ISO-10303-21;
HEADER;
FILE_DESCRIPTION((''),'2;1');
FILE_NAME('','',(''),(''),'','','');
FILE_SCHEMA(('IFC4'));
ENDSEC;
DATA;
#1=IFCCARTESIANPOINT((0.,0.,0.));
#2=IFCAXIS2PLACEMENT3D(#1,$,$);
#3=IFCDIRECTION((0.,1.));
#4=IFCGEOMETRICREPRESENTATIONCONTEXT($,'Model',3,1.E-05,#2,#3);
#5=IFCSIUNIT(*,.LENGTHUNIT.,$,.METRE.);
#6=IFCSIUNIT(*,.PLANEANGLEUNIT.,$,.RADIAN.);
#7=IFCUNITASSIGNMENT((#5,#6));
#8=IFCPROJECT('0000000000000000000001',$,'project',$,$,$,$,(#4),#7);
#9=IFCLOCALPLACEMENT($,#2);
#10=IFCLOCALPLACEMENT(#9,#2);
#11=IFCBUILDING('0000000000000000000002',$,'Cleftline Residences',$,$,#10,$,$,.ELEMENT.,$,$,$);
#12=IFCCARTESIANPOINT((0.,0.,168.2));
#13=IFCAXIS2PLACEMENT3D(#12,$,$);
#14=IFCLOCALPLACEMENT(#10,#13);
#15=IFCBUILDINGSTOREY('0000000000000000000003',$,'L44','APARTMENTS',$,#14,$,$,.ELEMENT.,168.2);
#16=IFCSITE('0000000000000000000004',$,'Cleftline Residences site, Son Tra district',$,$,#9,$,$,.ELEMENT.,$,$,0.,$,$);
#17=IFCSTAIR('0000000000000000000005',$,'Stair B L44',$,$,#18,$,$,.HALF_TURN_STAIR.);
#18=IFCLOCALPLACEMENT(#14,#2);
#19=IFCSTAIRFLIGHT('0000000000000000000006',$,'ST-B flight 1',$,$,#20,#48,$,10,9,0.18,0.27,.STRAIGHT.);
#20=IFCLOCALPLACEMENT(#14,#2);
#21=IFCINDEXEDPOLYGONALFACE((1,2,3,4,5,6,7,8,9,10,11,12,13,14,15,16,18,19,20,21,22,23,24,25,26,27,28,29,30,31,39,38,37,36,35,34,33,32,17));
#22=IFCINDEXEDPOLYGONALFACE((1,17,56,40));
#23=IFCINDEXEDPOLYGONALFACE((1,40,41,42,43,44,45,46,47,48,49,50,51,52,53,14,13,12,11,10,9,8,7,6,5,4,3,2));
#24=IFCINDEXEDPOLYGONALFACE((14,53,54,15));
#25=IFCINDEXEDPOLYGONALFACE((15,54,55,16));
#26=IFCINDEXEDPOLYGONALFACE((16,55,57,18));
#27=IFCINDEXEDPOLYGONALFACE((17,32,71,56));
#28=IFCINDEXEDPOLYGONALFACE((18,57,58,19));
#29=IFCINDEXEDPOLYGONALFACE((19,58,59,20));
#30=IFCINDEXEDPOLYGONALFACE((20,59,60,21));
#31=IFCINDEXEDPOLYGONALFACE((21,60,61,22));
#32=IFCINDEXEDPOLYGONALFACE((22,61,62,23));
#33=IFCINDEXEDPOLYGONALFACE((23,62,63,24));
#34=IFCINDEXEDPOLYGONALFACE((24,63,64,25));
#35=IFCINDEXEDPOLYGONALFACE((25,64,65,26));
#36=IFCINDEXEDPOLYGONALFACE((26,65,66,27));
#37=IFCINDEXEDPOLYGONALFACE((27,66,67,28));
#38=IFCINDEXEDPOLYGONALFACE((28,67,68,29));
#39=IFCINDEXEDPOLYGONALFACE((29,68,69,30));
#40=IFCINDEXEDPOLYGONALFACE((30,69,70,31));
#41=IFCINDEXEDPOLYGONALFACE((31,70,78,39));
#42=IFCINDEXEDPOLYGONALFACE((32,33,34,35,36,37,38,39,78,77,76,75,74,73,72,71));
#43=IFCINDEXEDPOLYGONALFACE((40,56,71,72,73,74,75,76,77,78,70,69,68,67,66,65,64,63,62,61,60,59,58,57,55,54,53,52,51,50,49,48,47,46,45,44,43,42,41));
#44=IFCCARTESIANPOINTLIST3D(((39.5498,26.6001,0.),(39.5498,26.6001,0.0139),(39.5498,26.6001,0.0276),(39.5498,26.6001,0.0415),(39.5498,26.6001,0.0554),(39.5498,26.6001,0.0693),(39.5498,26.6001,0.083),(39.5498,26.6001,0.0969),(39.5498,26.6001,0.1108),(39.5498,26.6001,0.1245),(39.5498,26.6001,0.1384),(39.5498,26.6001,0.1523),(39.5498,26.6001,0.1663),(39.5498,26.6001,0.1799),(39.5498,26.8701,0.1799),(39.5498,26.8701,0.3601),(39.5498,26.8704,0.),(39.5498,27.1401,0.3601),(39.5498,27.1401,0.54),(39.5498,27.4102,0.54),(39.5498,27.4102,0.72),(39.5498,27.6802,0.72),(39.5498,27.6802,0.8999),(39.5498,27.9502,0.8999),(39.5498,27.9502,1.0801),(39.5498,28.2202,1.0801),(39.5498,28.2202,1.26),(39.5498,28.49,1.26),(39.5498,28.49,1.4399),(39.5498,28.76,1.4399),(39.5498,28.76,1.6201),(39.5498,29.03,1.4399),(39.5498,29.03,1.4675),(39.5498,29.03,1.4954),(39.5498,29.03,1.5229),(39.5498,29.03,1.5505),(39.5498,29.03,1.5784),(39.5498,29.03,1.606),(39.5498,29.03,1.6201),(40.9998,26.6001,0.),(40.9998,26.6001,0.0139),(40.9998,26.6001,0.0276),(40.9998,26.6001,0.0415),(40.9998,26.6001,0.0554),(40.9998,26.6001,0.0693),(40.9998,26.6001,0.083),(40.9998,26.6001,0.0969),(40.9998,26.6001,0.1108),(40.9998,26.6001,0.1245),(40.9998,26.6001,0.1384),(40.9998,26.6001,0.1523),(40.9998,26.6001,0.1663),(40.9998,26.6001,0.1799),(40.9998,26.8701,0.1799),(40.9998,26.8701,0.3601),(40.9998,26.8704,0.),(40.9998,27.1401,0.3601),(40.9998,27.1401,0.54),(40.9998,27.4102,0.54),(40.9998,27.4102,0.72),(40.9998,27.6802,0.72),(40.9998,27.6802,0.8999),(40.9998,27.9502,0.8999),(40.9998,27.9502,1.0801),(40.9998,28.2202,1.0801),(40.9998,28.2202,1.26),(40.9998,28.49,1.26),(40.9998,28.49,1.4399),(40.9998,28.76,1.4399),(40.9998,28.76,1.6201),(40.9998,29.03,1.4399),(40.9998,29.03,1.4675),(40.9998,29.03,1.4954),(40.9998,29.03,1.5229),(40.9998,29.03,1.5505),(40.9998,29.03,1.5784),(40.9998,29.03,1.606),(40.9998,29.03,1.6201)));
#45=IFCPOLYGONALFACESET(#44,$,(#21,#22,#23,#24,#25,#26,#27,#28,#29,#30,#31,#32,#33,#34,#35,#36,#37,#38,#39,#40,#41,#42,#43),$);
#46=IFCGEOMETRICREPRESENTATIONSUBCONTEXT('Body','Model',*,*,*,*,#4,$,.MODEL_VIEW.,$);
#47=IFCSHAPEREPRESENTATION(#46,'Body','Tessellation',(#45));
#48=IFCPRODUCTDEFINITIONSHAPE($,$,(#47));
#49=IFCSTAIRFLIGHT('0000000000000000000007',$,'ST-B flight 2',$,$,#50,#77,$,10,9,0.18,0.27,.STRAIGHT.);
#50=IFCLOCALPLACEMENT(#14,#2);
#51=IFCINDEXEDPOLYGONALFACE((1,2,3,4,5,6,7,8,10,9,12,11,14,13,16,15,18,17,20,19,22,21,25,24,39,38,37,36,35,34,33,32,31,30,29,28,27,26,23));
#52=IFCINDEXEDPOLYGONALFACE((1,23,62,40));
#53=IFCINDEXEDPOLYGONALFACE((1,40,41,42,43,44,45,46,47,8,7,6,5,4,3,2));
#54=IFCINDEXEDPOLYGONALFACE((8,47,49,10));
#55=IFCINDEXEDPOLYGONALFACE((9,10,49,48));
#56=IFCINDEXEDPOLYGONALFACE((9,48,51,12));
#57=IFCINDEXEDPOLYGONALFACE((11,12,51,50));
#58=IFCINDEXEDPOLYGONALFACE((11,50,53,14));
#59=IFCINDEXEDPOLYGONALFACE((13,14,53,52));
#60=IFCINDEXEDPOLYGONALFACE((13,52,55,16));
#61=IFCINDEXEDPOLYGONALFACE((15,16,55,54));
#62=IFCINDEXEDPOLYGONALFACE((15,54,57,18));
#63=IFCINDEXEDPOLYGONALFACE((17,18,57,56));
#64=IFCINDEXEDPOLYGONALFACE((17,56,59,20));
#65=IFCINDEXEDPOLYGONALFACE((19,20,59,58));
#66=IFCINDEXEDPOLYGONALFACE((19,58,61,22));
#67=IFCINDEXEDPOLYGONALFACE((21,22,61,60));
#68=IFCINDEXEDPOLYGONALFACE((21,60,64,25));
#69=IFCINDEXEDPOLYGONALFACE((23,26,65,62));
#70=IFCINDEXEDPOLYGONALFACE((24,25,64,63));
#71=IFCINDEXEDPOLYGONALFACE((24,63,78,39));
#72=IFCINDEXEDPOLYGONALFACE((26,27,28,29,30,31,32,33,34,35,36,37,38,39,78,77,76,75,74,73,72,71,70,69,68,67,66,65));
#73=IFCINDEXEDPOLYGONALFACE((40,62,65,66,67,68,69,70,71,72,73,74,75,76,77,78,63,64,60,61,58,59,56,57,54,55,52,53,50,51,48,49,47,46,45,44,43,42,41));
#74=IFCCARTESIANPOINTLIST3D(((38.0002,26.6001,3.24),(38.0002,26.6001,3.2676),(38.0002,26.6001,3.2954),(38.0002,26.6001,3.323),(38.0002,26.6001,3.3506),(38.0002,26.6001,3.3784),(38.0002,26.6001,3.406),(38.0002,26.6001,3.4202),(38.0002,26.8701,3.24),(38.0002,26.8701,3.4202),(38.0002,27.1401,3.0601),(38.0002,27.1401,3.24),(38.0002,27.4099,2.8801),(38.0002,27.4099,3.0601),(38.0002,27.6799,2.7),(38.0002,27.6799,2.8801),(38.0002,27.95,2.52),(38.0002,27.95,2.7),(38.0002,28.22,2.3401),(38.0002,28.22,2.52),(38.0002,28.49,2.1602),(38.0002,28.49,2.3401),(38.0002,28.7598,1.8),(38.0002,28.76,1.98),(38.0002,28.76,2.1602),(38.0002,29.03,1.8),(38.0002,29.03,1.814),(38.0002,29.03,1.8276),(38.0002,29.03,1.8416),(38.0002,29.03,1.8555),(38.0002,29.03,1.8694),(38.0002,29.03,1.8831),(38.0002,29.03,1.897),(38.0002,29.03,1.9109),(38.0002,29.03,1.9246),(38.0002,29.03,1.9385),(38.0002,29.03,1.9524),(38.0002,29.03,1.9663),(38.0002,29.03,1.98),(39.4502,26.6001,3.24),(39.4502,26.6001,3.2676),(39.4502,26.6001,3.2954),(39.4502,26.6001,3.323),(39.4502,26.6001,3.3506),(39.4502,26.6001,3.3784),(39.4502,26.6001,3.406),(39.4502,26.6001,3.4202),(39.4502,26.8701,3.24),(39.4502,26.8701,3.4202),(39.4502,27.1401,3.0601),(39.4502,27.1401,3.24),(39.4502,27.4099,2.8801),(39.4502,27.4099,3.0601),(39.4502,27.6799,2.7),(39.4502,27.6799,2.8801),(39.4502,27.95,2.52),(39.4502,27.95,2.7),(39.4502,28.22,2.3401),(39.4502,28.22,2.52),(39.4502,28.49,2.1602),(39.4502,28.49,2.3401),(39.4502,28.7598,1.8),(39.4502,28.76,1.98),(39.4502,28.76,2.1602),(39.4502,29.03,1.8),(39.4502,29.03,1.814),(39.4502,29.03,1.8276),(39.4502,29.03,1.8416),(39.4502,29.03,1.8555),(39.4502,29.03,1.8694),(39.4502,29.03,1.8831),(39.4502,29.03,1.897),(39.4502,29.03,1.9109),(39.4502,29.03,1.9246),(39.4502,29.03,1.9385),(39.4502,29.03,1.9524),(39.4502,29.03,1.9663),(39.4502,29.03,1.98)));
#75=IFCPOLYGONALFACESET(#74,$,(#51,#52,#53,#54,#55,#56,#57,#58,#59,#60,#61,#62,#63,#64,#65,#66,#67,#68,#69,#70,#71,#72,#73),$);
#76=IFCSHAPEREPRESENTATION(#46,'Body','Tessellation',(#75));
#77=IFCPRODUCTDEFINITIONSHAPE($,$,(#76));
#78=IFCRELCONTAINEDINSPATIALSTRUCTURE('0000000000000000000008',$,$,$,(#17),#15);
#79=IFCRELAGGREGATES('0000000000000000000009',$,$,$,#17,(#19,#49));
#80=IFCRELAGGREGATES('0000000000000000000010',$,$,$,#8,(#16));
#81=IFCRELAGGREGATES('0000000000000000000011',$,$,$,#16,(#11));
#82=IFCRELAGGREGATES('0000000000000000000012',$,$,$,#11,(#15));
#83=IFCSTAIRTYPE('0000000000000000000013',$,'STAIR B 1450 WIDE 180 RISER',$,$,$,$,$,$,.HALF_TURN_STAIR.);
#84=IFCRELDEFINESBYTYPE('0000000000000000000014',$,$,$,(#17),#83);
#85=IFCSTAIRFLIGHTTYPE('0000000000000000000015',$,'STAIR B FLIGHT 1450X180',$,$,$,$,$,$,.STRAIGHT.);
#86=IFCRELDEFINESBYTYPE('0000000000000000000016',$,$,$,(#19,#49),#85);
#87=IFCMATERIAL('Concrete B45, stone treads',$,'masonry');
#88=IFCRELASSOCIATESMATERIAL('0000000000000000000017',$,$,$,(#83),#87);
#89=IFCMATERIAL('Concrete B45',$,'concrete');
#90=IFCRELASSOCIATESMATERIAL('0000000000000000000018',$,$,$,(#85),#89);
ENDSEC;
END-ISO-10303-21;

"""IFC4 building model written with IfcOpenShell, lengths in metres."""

from ifc_helpers import new_model, si_unit, direction, frame, origin, place, context, subcontext, project, spatial, polyline, outline, extrude, material, type_object, element, aggregate, save


model = new_model("IFC4")

# Units and contexts
model_context = context("Model", 3, precision=1e-05, world=origin(), true_north=direction((0.0, 1.0)))
body_context = subcontext(model_context, "Body", "Model", "MODEL_VIEW")
ifc_project = project(units=[si_unit("LENGTHUNIT", "METRE"), si_unit("PLANEANGLEUNIT", "RADIAN")], contexts=[model_context])

# Site, building, storey
site_placement = place(None, origin())
site = spatial("IfcSite", under=ifc_project, at=site_placement, Name="Cleftline Residences site, Son Tra district", CompositionType="ELEMENT", RefElevation=0.0)
building_placement = place(site_placement, origin())
building = spatial("IfcBuilding", under=site, at=building_placement, Name="Cleftline Residences", CompositionType="ELEMENT")
storey_placement = place(building_placement, frame((0.0, 0.0, 168.2)))
storey = spatial("IfcBuildingStorey", under=building, at=storey_placement, Name="L44", Description="APARTMENTS", CompositionType="ELEMENT", Elevation=168.2)

# Stair, stair flights
ifc_material_1 = material(Name="Concrete B45, stone treads", Category="masonry")
stair_type = type_object("IfcStairType", Name="STAIR B 1450 WIDE 180 RISER", PredefinedType="HALF_TURN_STAIR", material=ifc_material_1)
stair_placement = place(storey_placement, origin())
stair = element("IfcStair", 1, at=stair_placement, inside=storey, type_object=stair_type, Name="Stair B L44", PredefinedType="HALF_TURN_STAIR")
ifc_material_2 = material(Name="Concrete B45", Category="concrete")
stair_flight_type = type_object("IfcStairFlightType", Name="STAIR B FLIGHT 1450X180", PredefinedType="STRAIGHT", material=ifc_material_2)
stair_flight_1_placement = place(storey_placement, frame((40.2749, 26.6001, 0.0), z_axis=(0.0, 0.0, 1.0), x_axis=(0.0, 1.0, 0.0)))
stair_flight_1 = element("IfcStairFlight", 2, at=stair_flight_1_placement, type_object=stair_flight_type, Name="ST-B flight 1", NumberOfRisers=10, NumberOfTreads=9, PredefinedType="STRAIGHT", RiserHeight=0.18, TreadLength=0.27, context=body_context, shape_type="SweptSolid", body=[
    extrude(outline(polyline([(0.0, 0.0), (0.0, 0.0139), (0.0, 0.0276), (0.0, 0.0415), (0.0, 0.0554), (0.0, 0.0693), (0.0, 0.083), (0.0, 0.0969), (0.0, 0.1108), (0.0, 0.1245), (0.0, 0.1384), (0.0, 0.1523), (0.0, 0.1663), (0.0, 0.1799), (0.27, 0.1799), (0.27, 0.3601), (0.54, 0.3601), (0.54, 0.54), (0.8101, 0.54), (0.8101, 0.72), (1.0801, 0.72), (1.0801, 0.8999), (1.3501, 0.8999), (1.3501, 1.0801), (1.6201, 1.0801), (1.6201, 1.26), (1.8899, 1.26), (1.8899, 1.4399), (2.1599, 1.4399), (2.1599, 1.6201), (2.4299, 1.6201), (2.4299, 1.8), (2.4299, 1.7722), (2.4299, 1.7446), (2.4299, 1.7168), (2.4299, 1.6892), (2.4299, 1.6614), (2.4299, 1.6338), (2.4299, 1.606), (2.4299, 1.5784), (2.4299, 1.5505), (2.4299, 1.5229), (2.4299, 1.4954), (2.4299, 1.4675), (2.4299, 1.4399), (0.2703, 0.0), (0.0, 0.0)])), frame((0.0, 0.7251, 0.0), z_axis=(0.0, -1.0, 0.0), x_axis=(1.0, 0.0, 0.0)), (0.0, 0.0, 1.0), 1.45),
])
stair_flight_2_placement = place(storey_placement, frame((38.7251, 29.03, 1.8), z_axis=(0.0, 0.0, 1.0), x_axis=(0.0, -1.0, 0.0)))
stair_flight_2 = element("IfcStairFlight", 3, at=stair_flight_2_placement, type_object=stair_flight_type, Name="ST-B flight 2", NumberOfRisers=10, NumberOfTreads=9, PredefinedType="STRAIGHT", RiserHeight=0.18, TreadLength=0.27, context=body_context, shape_type="SweptSolid", body=[
    extrude(outline(polyline([(0.0, 0.0), (0.0, 0.0139), (0.0, 0.0276), (0.0, 0.0415), (0.0, 0.0554), (0.0, 0.0693), (0.0, 0.083), (0.0, 0.0969), (0.0, 0.1108), (0.0, 0.1245), (0.0, 0.1384), (0.0, 0.1523), (0.0, 0.1663), (0.0, 0.1799), (0.27, 0.1799), (0.27, 0.3601), (0.54, 0.3601), (0.54, 0.54), (0.8101, 0.54), (0.8101, 0.72), (1.0801, 0.72), (1.0801, 0.8999), (1.3501, 0.8999), (1.3501, 1.0801), (1.6201, 1.0801), (1.6201, 1.26), (1.8899, 1.26), (1.8899, 1.4399), (2.1599, 1.4399), (2.1599, 1.6201), (2.4299, 1.6201), (2.4299, 1.8), (2.4299, 1.7722), (2.4299, 1.7446), (2.4299, 1.7168), (2.4299, 1.6892), (2.4299, 1.6614), (2.4299, 1.6338), (2.4299, 1.606), (2.4299, 1.5784), (2.4299, 1.5505), (2.4299, 1.5229), (2.4299, 1.4954), (2.4299, 1.4675), (2.4299, 1.4399), (0.2703, 0.0), (0.0, 0.0)])), frame((0.0, 0.7251, 0.0), z_axis=(0.0, -1.0, 0.0), x_axis=(1.0, 0.0, 0.0)), (0.0, 0.0, 1.0), 1.45),
])
aggregate(stair, [stair_flight_1, stair_flight_2])

save(model, "model.ifc")
